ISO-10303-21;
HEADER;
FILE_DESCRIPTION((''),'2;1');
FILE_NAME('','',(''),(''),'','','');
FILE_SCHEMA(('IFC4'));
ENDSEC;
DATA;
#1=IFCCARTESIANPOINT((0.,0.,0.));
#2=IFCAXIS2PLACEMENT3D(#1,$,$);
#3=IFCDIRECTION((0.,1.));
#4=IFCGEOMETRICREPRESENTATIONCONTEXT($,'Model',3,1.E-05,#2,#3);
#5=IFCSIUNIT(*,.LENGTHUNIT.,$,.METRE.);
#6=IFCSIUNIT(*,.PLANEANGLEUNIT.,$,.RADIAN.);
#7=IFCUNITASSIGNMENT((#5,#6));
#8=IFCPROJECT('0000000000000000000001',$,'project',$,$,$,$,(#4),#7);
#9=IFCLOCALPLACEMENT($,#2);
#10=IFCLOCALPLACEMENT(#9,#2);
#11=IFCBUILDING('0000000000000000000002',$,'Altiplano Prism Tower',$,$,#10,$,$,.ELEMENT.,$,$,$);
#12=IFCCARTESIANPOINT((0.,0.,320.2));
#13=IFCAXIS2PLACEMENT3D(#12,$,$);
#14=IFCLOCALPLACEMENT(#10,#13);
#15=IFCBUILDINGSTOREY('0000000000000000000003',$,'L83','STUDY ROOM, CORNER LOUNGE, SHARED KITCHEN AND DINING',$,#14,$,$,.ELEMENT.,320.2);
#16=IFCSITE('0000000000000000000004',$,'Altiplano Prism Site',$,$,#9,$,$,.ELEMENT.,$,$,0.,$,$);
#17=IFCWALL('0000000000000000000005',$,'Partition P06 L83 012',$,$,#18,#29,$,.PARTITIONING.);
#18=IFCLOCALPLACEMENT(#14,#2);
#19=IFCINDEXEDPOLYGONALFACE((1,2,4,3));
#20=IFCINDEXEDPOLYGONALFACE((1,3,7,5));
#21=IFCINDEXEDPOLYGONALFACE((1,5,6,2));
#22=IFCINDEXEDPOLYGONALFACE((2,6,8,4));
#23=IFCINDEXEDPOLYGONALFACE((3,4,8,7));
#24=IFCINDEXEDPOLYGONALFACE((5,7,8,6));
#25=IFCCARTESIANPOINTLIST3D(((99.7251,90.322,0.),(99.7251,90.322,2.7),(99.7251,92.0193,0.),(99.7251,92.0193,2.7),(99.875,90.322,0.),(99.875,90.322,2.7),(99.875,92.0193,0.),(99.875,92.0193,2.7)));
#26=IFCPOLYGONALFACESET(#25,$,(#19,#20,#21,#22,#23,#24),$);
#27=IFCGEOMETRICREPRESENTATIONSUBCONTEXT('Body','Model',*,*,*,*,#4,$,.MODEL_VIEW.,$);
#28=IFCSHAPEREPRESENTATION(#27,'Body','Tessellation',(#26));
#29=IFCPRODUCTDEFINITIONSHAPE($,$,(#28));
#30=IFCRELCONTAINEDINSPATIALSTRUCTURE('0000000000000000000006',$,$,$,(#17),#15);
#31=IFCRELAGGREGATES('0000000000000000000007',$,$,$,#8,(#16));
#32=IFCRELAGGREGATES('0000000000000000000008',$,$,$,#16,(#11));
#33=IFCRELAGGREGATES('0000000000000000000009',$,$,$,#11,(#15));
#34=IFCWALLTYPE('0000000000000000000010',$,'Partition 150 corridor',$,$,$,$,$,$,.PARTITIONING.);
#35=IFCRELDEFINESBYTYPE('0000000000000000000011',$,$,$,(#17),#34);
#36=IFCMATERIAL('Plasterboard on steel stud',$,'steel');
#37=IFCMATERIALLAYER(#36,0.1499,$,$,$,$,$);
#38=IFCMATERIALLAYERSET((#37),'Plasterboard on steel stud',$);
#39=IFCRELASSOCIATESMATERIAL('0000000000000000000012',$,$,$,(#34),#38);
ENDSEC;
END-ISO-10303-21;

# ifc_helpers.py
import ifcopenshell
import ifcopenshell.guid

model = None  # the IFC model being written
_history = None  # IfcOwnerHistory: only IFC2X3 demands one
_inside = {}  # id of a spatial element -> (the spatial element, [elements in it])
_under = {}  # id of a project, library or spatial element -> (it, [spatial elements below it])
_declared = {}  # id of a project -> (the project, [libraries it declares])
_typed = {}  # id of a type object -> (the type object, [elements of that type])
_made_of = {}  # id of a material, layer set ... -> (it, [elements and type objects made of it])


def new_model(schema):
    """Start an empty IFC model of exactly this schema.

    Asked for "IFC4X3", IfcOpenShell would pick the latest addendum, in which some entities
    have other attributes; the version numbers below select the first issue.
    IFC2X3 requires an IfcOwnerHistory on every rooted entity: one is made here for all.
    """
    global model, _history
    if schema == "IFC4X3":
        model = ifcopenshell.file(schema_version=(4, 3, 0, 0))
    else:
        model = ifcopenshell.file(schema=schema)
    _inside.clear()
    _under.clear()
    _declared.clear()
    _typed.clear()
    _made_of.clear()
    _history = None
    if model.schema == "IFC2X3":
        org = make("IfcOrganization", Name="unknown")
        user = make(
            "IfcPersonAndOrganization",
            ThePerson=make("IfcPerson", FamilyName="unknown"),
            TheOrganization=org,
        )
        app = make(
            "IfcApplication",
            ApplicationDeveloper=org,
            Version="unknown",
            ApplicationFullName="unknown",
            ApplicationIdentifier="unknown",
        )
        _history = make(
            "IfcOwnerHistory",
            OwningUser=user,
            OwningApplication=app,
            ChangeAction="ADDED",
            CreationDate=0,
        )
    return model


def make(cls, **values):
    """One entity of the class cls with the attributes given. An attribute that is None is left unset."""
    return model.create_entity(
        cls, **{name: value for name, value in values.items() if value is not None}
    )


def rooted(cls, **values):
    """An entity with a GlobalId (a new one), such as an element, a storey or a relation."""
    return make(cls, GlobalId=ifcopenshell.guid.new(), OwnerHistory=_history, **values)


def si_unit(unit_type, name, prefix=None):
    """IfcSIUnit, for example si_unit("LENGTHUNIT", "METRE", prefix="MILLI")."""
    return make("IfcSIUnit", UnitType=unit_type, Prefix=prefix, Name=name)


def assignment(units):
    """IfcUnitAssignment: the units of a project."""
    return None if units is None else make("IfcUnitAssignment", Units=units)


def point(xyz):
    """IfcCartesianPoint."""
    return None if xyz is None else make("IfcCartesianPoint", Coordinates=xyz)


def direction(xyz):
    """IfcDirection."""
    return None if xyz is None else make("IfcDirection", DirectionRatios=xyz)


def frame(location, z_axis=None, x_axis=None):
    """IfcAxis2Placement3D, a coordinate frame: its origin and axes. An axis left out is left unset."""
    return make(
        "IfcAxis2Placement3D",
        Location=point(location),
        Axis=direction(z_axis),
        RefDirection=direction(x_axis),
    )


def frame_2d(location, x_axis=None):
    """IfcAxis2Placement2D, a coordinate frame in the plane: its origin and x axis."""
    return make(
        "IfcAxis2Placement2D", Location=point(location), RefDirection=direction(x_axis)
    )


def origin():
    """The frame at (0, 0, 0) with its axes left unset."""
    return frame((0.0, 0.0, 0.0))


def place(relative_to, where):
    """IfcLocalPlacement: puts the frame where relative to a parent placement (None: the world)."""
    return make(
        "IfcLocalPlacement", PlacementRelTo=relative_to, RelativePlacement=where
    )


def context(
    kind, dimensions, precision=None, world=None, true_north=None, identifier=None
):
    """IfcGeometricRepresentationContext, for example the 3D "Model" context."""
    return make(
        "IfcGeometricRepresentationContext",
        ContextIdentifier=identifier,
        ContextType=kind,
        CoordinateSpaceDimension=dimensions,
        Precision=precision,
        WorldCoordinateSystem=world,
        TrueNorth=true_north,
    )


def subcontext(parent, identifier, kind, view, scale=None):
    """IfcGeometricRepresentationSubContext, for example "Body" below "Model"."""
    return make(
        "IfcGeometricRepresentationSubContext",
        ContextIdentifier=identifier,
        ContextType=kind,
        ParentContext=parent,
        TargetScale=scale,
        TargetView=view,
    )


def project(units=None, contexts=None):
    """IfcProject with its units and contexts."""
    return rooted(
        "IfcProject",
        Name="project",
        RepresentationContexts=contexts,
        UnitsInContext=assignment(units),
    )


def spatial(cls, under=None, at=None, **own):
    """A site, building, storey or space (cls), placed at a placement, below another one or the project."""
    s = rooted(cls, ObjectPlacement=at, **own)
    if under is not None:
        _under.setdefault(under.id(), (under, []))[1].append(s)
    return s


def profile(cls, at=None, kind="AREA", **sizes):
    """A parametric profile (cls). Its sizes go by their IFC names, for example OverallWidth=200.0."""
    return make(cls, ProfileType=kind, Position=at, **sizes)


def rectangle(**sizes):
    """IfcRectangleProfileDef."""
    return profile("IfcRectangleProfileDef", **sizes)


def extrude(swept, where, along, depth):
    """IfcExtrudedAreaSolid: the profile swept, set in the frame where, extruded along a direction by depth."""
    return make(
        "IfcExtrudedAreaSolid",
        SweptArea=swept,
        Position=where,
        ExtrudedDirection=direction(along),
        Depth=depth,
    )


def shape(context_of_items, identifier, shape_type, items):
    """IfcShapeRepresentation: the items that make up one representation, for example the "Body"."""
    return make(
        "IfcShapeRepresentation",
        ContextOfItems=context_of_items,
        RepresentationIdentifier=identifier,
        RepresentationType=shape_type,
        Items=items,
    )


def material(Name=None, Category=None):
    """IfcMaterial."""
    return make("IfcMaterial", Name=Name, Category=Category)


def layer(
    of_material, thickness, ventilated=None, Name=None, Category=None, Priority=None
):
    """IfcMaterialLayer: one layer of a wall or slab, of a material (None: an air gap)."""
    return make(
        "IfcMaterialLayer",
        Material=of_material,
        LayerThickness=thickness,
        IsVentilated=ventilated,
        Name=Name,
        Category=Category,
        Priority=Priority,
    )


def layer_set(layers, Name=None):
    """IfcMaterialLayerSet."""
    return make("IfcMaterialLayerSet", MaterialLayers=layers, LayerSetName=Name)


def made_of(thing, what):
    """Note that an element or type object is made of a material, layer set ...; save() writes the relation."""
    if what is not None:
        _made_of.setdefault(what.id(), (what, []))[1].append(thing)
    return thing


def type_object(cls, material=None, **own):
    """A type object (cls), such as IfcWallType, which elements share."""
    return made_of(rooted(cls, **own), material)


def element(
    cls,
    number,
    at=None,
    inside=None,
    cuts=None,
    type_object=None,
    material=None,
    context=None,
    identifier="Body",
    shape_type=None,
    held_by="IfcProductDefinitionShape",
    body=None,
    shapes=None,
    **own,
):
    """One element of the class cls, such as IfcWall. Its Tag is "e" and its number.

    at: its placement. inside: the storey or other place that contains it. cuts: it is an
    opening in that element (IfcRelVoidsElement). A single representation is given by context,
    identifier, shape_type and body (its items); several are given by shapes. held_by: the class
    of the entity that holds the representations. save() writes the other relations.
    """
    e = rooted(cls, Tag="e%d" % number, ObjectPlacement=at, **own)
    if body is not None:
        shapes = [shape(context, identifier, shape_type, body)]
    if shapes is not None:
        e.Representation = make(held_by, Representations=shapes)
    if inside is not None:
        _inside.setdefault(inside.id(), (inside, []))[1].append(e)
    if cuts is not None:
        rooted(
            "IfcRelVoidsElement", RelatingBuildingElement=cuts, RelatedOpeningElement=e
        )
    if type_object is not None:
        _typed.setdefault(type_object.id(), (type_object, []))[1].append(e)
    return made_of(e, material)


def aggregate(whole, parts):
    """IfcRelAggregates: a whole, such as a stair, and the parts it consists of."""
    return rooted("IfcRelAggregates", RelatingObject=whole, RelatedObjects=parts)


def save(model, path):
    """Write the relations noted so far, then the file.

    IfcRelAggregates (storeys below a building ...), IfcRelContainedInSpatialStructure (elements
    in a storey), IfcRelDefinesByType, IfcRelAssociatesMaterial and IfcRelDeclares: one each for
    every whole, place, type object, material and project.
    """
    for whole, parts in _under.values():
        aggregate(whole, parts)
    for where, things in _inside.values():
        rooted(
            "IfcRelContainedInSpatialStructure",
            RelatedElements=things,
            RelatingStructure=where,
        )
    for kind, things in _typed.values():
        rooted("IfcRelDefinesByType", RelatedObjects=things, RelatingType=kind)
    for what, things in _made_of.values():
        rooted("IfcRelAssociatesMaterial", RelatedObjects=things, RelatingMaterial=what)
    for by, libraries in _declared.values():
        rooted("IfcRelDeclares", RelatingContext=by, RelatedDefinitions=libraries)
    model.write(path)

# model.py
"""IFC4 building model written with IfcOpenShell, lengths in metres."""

from ifc_helpers import new_model, si_unit, direction, frame, frame_2d, origin, place, context, subcontext, project, spatial, rectangle, extrude, material, layer, layer_set, type_object, element, save


model = new_model("IFC4")

# Units and contexts
model_context = context("Model", 3, precision=1e-05, world=origin(), true_north=direction((0.0, 1.0)))
body_context = subcontext(model_context, "Body", "Model", "MODEL_VIEW")
ifc_project = project(units=[si_unit("LENGTHUNIT", "METRE"), si_unit("PLANEANGLEUNIT", "RADIAN")], contexts=[model_context])

# Site, building, storey
site_placement = place(None, origin())
site = spatial("IfcSite", under=ifc_project, at=site_placement, Name="Altiplano Prism Site", CompositionType="ELEMENT", RefElevation=0.0)
building_placement = place(site_placement, origin())
building = spatial("IfcBuilding", under=site, at=building_placement, Name="Altiplano Prism Tower", CompositionType="ELEMENT")
storey_placement = place(building_placement, frame((0.0, 0.0, 320.2)))
storey = spatial("IfcBuildingStorey", under=building, at=storey_placement, Name="L83", Description="STUDY ROOM, CORNER LOUNGE, SHARED KITCHEN AND DINING", CompositionType="ELEMENT", Elevation=320.2)

# Shared definitions
ifc_material_1 = material(Name="Plasterboard on steel stud", Category="steel")

# Shared definitions
ifc_layer_1 = layer(ifc_material_1, 0.1499)
ifc_layer_set_1 = layer_set([ifc_layer_1], Name="Plasterboard on steel stud")
wall_type_1 = type_object("IfcWallType", Name="Partition 150 corridor", PredefinedType="PARTITIONING", material=ifc_layer_set_1)

# Wall
wall_1_placement = place(storey_placement, frame((99.8, 90.322, 0.0), z_axis=(0.0, 0.0, 1.0), x_axis=(0.0, 1.0, 0.0)))
element("IfcWall", 1, at=wall_1_placement, inside=storey, type_object=wall_type_1, Name="Partition P06 L83 012", PredefinedType="PARTITIONING", context=body_context, shape_type="SweptSolid", body=[
    extrude(rectangle(XDim=1.6973, YDim=0.1499, at=frame_2d((0.8486, 0.0))), origin(), (0.0, 0.0, 1.0), 2.7),
])

save(model, "model.ifc")
